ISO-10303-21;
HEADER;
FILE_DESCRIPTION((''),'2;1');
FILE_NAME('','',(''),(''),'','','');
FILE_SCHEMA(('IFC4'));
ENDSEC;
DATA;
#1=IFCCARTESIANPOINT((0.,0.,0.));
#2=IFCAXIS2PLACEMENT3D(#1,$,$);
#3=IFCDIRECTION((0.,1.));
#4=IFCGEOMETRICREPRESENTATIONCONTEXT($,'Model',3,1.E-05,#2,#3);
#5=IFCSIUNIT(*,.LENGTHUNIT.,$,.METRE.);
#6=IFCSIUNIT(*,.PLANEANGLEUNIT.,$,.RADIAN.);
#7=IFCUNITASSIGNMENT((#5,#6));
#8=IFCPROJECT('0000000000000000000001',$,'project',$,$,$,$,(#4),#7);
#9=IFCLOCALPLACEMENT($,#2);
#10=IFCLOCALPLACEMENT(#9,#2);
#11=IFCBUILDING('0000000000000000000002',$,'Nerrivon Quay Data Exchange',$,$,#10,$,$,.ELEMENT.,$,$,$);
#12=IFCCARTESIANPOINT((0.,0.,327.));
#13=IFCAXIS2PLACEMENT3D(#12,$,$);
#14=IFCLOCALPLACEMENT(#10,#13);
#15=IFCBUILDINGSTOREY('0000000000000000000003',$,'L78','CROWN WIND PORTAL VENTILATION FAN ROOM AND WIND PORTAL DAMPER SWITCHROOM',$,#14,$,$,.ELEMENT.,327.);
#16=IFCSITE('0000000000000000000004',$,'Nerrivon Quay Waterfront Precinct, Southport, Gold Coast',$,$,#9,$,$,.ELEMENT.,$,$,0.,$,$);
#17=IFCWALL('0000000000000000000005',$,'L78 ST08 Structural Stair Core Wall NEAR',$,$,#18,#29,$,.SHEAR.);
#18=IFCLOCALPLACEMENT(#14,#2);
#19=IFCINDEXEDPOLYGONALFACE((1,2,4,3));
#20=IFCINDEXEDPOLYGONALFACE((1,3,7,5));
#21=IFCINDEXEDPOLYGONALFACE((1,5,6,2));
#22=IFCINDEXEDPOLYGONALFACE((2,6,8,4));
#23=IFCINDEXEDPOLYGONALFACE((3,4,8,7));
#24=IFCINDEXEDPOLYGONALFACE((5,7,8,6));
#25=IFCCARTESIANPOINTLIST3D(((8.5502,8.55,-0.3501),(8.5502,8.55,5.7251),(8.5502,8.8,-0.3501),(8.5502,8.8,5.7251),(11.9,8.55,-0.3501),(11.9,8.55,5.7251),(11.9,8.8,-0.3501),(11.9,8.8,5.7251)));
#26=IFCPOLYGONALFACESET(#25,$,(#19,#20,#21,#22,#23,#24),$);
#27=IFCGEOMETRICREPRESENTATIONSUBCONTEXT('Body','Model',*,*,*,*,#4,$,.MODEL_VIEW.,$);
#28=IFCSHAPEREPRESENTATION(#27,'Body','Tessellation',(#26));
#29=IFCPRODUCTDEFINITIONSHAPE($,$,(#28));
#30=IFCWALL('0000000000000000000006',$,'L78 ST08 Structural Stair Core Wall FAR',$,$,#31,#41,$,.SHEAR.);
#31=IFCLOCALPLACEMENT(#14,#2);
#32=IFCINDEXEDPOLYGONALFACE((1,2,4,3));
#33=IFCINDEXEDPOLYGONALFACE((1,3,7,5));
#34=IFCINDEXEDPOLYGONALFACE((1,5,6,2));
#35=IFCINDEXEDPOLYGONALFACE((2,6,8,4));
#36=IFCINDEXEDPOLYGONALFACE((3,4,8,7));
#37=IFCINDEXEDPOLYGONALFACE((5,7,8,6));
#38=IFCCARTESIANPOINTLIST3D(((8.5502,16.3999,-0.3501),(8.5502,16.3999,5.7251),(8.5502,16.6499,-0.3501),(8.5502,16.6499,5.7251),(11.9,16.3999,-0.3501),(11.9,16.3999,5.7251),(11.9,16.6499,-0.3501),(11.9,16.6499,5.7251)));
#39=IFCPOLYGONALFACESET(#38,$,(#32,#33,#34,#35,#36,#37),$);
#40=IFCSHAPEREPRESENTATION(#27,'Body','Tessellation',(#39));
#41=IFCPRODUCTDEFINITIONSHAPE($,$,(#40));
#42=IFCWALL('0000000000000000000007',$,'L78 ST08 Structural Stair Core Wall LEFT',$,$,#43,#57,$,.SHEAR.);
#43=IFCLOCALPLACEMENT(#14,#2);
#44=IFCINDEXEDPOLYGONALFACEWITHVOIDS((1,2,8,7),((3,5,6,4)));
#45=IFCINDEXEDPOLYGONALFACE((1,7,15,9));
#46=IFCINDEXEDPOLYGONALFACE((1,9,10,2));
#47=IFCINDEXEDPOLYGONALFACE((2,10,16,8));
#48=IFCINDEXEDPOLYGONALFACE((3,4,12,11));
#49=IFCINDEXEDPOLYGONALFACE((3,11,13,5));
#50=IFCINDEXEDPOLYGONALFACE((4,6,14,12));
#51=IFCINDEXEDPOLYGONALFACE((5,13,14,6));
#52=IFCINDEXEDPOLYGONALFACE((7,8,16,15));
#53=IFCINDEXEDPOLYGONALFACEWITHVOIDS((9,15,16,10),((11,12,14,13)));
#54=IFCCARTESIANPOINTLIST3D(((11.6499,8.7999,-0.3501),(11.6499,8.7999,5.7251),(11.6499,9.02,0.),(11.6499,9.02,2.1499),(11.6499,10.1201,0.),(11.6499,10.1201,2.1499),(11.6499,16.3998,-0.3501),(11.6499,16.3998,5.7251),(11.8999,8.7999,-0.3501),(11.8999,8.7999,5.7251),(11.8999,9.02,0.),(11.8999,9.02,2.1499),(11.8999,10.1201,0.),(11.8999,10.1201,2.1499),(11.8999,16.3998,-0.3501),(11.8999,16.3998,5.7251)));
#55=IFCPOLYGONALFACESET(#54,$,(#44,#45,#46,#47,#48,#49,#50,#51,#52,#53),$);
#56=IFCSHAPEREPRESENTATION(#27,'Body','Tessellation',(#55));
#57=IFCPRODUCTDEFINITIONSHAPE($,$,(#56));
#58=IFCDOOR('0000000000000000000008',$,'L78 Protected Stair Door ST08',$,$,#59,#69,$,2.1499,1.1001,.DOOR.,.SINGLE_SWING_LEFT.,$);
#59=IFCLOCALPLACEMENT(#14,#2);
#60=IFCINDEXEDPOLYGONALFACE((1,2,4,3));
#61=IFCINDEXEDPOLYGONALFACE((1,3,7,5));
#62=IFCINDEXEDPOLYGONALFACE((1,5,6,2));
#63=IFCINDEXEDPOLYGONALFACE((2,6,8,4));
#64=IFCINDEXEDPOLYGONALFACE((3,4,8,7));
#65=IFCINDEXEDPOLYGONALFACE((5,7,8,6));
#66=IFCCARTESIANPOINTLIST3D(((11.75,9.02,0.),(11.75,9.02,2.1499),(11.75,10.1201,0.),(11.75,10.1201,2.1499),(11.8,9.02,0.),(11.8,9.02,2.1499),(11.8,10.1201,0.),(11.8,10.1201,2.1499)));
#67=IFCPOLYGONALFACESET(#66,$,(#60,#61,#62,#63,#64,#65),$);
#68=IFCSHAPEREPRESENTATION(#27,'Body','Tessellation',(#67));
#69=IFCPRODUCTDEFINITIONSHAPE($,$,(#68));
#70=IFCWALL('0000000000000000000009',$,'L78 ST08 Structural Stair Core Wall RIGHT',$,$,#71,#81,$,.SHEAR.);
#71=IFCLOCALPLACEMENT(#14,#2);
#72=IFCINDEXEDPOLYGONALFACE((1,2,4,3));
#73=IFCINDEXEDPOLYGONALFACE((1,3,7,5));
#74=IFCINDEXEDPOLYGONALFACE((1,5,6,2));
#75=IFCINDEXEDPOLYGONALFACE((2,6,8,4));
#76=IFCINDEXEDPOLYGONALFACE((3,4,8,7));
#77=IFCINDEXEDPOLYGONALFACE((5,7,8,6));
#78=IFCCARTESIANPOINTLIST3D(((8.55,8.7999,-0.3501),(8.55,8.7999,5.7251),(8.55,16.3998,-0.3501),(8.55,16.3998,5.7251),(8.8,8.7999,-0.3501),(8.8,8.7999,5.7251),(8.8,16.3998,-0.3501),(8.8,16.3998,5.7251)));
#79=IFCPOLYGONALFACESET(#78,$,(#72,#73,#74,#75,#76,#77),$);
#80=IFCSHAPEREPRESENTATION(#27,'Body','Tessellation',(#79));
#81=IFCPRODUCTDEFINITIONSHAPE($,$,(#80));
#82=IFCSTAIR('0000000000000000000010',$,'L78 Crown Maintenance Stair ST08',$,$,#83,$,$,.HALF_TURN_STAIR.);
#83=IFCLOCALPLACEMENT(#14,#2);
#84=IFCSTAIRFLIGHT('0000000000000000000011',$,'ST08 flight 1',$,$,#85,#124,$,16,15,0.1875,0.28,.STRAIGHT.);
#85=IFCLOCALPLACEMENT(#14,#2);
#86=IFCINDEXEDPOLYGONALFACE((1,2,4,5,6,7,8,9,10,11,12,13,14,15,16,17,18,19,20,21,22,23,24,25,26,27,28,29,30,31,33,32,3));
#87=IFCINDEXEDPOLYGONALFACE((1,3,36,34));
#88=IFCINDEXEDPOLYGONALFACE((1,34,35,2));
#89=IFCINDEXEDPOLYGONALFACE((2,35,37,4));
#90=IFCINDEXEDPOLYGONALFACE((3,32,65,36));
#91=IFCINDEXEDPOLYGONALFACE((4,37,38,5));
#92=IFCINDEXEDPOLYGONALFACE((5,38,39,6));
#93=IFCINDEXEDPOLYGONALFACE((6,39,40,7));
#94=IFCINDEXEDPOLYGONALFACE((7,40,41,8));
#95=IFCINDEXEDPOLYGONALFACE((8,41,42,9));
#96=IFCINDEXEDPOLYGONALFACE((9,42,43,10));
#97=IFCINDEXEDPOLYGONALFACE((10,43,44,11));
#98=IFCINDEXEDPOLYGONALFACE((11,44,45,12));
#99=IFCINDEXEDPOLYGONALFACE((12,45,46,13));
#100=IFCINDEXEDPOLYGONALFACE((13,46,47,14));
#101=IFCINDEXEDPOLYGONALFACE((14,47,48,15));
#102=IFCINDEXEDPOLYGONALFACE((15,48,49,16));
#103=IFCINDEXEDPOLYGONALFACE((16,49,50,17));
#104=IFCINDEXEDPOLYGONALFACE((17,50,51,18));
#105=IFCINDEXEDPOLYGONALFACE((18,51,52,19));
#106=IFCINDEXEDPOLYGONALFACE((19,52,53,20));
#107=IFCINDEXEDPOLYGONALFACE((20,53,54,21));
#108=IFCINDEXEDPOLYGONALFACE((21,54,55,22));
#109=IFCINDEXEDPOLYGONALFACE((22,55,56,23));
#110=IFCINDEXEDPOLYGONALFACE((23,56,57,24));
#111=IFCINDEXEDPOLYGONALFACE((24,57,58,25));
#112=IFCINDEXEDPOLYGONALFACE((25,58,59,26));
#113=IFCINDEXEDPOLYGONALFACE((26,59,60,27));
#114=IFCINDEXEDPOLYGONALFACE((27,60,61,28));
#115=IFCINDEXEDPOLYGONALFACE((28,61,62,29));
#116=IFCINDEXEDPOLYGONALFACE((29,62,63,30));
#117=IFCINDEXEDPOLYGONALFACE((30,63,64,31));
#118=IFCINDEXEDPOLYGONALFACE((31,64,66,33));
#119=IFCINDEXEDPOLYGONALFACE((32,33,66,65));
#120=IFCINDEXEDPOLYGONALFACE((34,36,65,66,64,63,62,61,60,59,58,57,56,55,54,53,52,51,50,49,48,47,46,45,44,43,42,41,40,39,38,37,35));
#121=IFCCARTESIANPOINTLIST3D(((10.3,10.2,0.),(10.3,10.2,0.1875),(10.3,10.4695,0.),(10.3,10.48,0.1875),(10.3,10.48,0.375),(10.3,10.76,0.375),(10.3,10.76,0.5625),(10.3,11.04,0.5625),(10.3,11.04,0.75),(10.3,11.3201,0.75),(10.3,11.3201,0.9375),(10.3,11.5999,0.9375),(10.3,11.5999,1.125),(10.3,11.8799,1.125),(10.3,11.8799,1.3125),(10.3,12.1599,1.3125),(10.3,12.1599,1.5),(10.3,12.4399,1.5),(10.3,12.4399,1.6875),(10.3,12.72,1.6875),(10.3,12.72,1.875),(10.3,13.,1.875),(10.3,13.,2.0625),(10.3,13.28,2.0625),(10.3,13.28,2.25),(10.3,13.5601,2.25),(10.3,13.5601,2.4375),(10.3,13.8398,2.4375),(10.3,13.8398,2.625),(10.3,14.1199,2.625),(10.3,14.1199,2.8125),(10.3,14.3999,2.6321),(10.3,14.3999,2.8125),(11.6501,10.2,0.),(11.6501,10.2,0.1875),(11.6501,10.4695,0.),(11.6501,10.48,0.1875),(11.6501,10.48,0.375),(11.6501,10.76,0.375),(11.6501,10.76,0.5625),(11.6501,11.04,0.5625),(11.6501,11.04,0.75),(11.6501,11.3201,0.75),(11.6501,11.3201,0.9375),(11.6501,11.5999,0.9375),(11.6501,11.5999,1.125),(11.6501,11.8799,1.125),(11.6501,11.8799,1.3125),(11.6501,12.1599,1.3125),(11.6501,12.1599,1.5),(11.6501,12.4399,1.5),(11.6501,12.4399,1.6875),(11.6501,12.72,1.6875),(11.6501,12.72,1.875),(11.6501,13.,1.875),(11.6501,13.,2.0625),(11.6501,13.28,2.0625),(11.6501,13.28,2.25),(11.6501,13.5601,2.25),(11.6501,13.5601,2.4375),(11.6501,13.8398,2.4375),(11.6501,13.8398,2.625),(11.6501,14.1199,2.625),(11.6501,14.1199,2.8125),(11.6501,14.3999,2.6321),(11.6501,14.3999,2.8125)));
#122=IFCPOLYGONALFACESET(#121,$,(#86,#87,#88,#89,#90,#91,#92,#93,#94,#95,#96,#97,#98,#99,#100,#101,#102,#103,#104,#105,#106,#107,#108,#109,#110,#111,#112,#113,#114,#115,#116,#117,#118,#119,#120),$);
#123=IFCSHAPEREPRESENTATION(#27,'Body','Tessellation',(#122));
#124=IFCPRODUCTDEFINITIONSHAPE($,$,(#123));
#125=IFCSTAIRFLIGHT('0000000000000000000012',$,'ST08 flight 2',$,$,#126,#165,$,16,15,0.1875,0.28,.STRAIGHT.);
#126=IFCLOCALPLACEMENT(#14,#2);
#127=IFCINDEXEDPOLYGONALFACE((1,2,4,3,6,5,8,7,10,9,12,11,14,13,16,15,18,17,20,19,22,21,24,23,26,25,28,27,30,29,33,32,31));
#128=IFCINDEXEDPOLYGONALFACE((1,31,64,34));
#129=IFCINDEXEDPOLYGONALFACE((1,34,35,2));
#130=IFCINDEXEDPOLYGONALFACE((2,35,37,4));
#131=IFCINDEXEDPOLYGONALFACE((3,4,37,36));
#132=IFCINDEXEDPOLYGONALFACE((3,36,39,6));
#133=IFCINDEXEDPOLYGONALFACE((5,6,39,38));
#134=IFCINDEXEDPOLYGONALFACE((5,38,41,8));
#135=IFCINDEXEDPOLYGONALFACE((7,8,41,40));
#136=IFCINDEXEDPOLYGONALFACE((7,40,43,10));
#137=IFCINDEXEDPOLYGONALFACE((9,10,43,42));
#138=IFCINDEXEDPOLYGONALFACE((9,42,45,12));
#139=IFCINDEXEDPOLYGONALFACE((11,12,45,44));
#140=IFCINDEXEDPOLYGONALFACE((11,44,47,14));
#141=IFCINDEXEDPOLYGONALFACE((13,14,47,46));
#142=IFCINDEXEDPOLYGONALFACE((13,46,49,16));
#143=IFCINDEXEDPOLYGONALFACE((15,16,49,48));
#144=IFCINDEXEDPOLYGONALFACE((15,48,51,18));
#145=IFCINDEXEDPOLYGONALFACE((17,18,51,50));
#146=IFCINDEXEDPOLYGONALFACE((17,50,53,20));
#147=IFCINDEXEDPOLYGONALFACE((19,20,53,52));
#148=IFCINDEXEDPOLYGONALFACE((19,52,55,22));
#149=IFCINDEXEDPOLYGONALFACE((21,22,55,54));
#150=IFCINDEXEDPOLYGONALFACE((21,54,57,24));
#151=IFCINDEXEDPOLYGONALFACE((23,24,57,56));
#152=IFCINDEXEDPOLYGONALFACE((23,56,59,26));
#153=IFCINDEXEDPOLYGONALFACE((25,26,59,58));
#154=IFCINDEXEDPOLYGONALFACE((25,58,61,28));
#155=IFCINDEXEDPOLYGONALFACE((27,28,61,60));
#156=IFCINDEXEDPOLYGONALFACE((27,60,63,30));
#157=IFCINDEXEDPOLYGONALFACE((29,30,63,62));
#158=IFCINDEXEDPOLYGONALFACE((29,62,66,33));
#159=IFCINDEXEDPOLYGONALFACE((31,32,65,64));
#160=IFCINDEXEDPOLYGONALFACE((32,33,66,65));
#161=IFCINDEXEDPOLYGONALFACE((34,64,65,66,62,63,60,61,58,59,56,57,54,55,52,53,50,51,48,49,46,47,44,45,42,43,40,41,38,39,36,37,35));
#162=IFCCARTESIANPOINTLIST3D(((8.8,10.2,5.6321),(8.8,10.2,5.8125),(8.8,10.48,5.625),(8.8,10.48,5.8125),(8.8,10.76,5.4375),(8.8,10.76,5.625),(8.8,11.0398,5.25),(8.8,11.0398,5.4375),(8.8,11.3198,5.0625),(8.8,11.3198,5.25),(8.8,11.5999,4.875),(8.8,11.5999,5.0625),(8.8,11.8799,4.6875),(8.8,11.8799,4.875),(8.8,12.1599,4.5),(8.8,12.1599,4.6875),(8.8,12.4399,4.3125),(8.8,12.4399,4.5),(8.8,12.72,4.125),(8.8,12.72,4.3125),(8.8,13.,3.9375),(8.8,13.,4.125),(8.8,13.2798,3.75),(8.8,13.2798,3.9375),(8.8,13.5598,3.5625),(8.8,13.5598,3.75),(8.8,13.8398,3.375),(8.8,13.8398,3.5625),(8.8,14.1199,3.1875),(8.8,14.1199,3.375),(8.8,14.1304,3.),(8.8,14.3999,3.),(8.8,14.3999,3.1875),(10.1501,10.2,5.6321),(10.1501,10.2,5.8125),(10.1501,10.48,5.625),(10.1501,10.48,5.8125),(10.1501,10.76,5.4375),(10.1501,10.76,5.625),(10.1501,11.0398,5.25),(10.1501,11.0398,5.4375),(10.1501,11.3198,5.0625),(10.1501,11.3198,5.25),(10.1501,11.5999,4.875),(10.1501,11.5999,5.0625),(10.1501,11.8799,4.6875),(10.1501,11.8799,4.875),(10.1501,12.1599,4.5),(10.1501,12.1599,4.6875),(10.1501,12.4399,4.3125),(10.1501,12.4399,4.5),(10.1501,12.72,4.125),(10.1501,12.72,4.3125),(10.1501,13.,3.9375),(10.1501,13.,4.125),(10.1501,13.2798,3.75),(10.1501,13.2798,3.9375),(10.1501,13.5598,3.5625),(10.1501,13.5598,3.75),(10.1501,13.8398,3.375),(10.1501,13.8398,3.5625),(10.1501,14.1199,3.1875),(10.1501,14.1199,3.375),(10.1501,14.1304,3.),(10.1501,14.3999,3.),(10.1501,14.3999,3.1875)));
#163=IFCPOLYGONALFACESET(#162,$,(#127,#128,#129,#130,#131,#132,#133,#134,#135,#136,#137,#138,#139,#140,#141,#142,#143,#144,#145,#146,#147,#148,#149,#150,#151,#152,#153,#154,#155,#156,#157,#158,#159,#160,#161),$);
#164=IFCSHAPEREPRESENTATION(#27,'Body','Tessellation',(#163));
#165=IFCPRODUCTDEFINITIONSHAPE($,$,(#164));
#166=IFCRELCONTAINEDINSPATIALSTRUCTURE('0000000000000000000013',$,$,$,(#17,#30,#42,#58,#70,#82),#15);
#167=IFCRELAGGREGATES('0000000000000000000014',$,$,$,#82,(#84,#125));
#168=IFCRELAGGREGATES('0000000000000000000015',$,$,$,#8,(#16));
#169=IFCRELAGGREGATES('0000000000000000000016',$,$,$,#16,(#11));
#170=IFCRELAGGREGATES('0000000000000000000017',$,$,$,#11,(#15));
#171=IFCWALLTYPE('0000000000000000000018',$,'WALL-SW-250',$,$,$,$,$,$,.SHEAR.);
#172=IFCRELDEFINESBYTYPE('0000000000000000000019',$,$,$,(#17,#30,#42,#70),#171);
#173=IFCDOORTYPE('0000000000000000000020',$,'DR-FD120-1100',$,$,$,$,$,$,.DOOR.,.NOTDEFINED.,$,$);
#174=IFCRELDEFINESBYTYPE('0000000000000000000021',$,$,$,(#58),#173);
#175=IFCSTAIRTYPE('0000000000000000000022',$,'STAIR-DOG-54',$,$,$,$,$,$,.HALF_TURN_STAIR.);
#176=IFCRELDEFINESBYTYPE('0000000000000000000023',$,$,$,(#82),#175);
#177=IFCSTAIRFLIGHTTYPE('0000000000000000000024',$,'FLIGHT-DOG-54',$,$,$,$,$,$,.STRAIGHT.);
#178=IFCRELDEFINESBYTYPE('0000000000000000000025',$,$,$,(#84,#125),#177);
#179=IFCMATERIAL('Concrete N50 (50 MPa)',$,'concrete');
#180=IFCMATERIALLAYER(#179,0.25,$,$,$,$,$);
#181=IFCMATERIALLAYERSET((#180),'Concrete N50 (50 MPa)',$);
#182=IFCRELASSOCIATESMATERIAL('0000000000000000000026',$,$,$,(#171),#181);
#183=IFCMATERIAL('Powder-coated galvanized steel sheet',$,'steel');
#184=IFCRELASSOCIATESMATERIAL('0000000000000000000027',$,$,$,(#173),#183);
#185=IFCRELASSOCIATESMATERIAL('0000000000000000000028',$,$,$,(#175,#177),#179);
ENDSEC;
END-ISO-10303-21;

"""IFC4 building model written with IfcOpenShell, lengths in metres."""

from ifc_helpers import new_model, si_unit, direction, frame, frame_2d, origin, place, context, subcontext, project, spatial, polyline, rectangle, outline, extrude, material, layer, layer_set, type_object, element, fill, aggregate, save


model = new_model("IFC4")

# Units and contexts
model_context = context("Model", 3, precision=1e-05, world=origin(), true_north=direction((0.0, 1.0)))
body_context = subcontext(model_context, "Body", "Model", "MODEL_VIEW")
ifc_project = project(units=[si_unit("LENGTHUNIT", "METRE"), si_unit("PLANEANGLEUNIT", "RADIAN")], contexts=[model_context])

# Site, building, storey
site_placement = place(None, origin())
site = spatial("IfcSite", under=ifc_project, at=site_placement, Name="Nerrivon Quay Waterfront Precinct, Southport, Gold Coast", CompositionType="ELEMENT", RefElevation=0.0)
building_placement = place(site_placement, origin())
building = spatial("IfcBuilding", under=site, at=building_placement, Name="Nerrivon Quay Data Exchange", CompositionType="ELEMENT")
storey_placement = place(building_placement, frame((0.0, 0.0, 327.0)))
storey = spatial("IfcBuildingStorey", under=building, at=storey_placement, Name="L78", Description="CROWN WIND PORTAL VENTILATION FAN ROOM AND WIND PORTAL DAMPER SWITCHROOM", CompositionType="ELEMENT", Elevation=327.0)

# Walls
ifc_material_1 = material(Name="Concrete N50 (50 MPa)", Category="concrete")
ifc_layer_1 = layer(ifc_material_1, 0.25)
ifc_layer_set_1 = layer_set([ifc_layer_1], Name="Concrete N50 (50 MPa)")
wall_type_1 = type_object("IfcWallType", Name="WALL-SW-250", PredefinedType="SHEAR", material=ifc_layer_set_1)
for number, where, z_axis, x_axis, name in (
    (1, (11.8999, 8.675, -0.3501), (0.0, 0.0, 1.0), (-1.0, 0.0, 0.0), "L78 ST08 Structural Stair Core Wall NEAR"),
    (2, (11.8999, 16.5249, -0.3501), (0.0, 0.0, 1.0), (-1.0, 0.0, 0.0), "L78 ST08 Structural Stair Core Wall FAR"),
):
    element("IfcWall", number, at=place(storey_placement, frame(where, z_axis=z_axis, x_axis=x_axis)), inside=storey, type_object=wall_type_1, Name=name, PredefinedType="SHEAR", context=body_context, shape_type="SweptSolid", body=[
        extrude(rectangle(XDim=3.3499, YDim=0.25, at=frame_2d((1.6748, 0.0))), origin(), (0.0, 0.0, 1.0), 6.0752),
    ])

# Wall, opening, door
wall_1_placement = place(storey_placement, frame((11.7749, 8.8, -0.3501), z_axis=(0.0, 0.0, 1.0), x_axis=(0.0, 1.0, 0.0)))
wall_1 = element("IfcWall", 3, at=wall_1_placement, inside=storey, type_object=wall_type_1, Name="L78 ST08 Structural Stair Core Wall LEFT", PredefinedType="SHEAR", context=body_context, shape_type="SweptSolid", body=[
    extrude(rectangle(XDim=7.5999, YDim=0.25, at=frame_2d((3.7998, 0.0))), origin(), (0.0, 0.0, 1.0), 6.0752),
])
opening_placement = place(wall_1_placement, frame((0.22, 0.0, 0.3501)))
opening = element("IfcOpeningElement", 4, at=opening_placement, cuts=wall_1, PredefinedType="OPENING", context=body_context, shape_type="SweptSolid", body=[
    extrude(rectangle(XDim=1.1001, YDim=2.1499, at=frame_2d((0.55, 1.075))), frame((0.0, 0.135, 0.0), z_axis=(0.0, -1.0, 0.0), x_axis=(1.0, 0.0, 0.0)), (0.0, 0.0, 1.0), 0.27),
])
ifc_material_2 = material(Name="Powder-coated galvanized steel sheet", Category="steel")
door_type = type_object("IfcDoorType", Name="DR-FD120-1100", OperationType="NOTDEFINED", PredefinedType="DOOR", material=ifc_material_2)
door_placement = place(opening_placement, origin())
door = element("IfcDoor", 5, at=door_placement, inside=storey, type_object=door_type, Name="L78 Protected Stair Door ST08", OperationType="SINGLE_SWING_LEFT", OverallHeight=2.1499, OverallWidth=1.1001, PredefinedType="DOOR", context=body_context, shape_type="SweptSolid", body=[
    extrude(rectangle(XDim=1.1001, YDim=2.1499, at=frame_2d((0.55, 1.075))), frame((0.0, 0.0249, 0.0), z_axis=(0.0, -1.0, 0.0), x_axis=(1.0, 0.0, 0.0)), (0.0, 0.0, 1.0), 0.05),
])
fill(opening, door)

# Wall
wall_2_placement = place(storey_placement, frame((8.675, 8.8, -0.3501), z_axis=(0.0, 0.0, 1.0), x_axis=(0.0, 1.0, 0.0)))
element("IfcWall", 6, at=wall_2_placement, inside=storey, type_object=wall_type_1, Name="L78 ST08 Structural Stair Core Wall RIGHT", PredefinedType="SHEAR", context=body_context, shape_type="SweptSolid", body=[
    extrude(rectangle(XDim=7.5999, YDim=0.25, at=frame_2d((3.7998, 0.0))), origin(), (0.0, 0.0, 1.0), 6.0752),
])

# Stair, stair flights
stair_type = type_object("IfcStairType", Name="STAIR-DOG-54", PredefinedType="HALF_TURN_STAIR", material=ifc_material_1)
stair_placement = place(storey_placement, origin())
stair = element("IfcStair", 7, at=stair_placement, inside=storey, type_object=stair_type, Name="L78 Crown Maintenance Stair ST08", PredefinedType="HALF_TURN_STAIR")
stair_flight_type = type_object("IfcStairFlightType", Name="FLIGHT-DOG-54", PredefinedType="STRAIGHT", material=ifc_material_1)
stair_flight_1_placement = place(storey_placement, frame((10.9751, 10.2, 0.0), z_axis=(0.0, 0.0, 1.0), x_axis=(0.0, 1.0, 0.0)))
stair_flight_1 = element("IfcStairFlight", 8, at=stair_flight_1_placement, type_object=stair_flight_type, Name="ST08 flight 1", NumberOfRisers=16, NumberOfTreads=15, PredefinedType="STRAIGHT", RiserHeight=0.1875, TreadLength=0.28, context=body_context, shape_type="SweptSolid", body=[
    extrude(outline(polyline([(0.0, 0.0), (0.0, 0.1875), (0.28, 0.1875), (0.28, 0.375), (0.5601, 0.375), (0.5601, 0.5625), (0.8401, 0.5625), (0.8401, 0.75), (1.1201, 0.75), (1.1201, 0.9375), (1.3999, 0.9375), (1.3999, 1.125), (1.6799, 1.125), (1.6799, 1.3125), (1.96, 1.3125), (1.96, 1.5), (2.24, 1.5), (2.24, 1.6875), (2.52, 1.6875), (2.52, 1.875), (2.8, 1.875), (2.8, 2.0625), (3.0801, 2.0625), (3.0801, 2.25), (3.3601, 2.25), (3.3601, 2.4375), (3.6399, 2.4375), (3.6399, 2.625), (3.9199, 2.625), (3.9199, 2.8125), (4.2, 2.8125), (4.2, 3.0), (4.2, 2.6321), (0.2695, 0.0), (0.0, 0.0)])), frame((0.0, 0.675, 0.0), z_axis=(0.0, -1.0, 0.0), x_axis=(1.0, 0.0, 0.0)), (0.0, 0.0, 1.0), 1.3501),
])
stair_flight_2_placement = place(storey_placement, frame((9.4751, 14.3999, 3.0), z_axis=(0.0, 0.0, 1.0), x_axis=(0.0, -1.0, 0.0)))
stair_flight_2 = element("IfcStairFlight", 9, at=stair_flight_2_placement, type_object=stair_flight_type, Name="ST08 flight 2", NumberOfRisers=16, NumberOfTreads=15, PredefinedType="STRAIGHT", RiserHeight=0.1875, TreadLength=0.28, context=body_context, shape_type="SweptSolid", body=[
    extrude(outline(polyline([(0.0, 0.0), (0.0, 0.1875), (0.28, 0.1875), (0.28, 0.375), (0.5601, 0.375), (0.5601, 0.5625), (0.8401, 0.5625), (0.8401, 0.75), (1.1201, 0.75), (1.1201, 0.9375), (1.3999, 0.9375), (1.3999, 1.125), (1.6799, 1.125), (1.6799, 1.3125), (1.96, 1.3125), (1.96, 1.5), (2.24, 1.5), (2.24, 1.6875), (2.52, 1.6875), (2.52, 1.875), (2.8, 1.875), (2.8, 2.0625), (3.0801, 2.0625), (3.0801, 2.25), (3.3601, 2.25), (3.3601, 2.4375), (3.6399, 2.4375), (3.6399, 2.625), (3.9199, 2.625), (3.9199, 2.8125), (4.2, 2.8125), (4.2, 3.0), (4.2, 2.6321), (0.2695, 0.0), (0.0, 0.0)])), frame((0.0, 0.675, 0.0), z_axis=(0.0, -1.0, 0.0), x_axis=(1.0, 0.0, 0.0)), (0.0, 0.0, 1.0), 1.3501),
])
aggregate(stair, [stair_flight_1, stair_flight_2])

save(model, "model.ifc")
